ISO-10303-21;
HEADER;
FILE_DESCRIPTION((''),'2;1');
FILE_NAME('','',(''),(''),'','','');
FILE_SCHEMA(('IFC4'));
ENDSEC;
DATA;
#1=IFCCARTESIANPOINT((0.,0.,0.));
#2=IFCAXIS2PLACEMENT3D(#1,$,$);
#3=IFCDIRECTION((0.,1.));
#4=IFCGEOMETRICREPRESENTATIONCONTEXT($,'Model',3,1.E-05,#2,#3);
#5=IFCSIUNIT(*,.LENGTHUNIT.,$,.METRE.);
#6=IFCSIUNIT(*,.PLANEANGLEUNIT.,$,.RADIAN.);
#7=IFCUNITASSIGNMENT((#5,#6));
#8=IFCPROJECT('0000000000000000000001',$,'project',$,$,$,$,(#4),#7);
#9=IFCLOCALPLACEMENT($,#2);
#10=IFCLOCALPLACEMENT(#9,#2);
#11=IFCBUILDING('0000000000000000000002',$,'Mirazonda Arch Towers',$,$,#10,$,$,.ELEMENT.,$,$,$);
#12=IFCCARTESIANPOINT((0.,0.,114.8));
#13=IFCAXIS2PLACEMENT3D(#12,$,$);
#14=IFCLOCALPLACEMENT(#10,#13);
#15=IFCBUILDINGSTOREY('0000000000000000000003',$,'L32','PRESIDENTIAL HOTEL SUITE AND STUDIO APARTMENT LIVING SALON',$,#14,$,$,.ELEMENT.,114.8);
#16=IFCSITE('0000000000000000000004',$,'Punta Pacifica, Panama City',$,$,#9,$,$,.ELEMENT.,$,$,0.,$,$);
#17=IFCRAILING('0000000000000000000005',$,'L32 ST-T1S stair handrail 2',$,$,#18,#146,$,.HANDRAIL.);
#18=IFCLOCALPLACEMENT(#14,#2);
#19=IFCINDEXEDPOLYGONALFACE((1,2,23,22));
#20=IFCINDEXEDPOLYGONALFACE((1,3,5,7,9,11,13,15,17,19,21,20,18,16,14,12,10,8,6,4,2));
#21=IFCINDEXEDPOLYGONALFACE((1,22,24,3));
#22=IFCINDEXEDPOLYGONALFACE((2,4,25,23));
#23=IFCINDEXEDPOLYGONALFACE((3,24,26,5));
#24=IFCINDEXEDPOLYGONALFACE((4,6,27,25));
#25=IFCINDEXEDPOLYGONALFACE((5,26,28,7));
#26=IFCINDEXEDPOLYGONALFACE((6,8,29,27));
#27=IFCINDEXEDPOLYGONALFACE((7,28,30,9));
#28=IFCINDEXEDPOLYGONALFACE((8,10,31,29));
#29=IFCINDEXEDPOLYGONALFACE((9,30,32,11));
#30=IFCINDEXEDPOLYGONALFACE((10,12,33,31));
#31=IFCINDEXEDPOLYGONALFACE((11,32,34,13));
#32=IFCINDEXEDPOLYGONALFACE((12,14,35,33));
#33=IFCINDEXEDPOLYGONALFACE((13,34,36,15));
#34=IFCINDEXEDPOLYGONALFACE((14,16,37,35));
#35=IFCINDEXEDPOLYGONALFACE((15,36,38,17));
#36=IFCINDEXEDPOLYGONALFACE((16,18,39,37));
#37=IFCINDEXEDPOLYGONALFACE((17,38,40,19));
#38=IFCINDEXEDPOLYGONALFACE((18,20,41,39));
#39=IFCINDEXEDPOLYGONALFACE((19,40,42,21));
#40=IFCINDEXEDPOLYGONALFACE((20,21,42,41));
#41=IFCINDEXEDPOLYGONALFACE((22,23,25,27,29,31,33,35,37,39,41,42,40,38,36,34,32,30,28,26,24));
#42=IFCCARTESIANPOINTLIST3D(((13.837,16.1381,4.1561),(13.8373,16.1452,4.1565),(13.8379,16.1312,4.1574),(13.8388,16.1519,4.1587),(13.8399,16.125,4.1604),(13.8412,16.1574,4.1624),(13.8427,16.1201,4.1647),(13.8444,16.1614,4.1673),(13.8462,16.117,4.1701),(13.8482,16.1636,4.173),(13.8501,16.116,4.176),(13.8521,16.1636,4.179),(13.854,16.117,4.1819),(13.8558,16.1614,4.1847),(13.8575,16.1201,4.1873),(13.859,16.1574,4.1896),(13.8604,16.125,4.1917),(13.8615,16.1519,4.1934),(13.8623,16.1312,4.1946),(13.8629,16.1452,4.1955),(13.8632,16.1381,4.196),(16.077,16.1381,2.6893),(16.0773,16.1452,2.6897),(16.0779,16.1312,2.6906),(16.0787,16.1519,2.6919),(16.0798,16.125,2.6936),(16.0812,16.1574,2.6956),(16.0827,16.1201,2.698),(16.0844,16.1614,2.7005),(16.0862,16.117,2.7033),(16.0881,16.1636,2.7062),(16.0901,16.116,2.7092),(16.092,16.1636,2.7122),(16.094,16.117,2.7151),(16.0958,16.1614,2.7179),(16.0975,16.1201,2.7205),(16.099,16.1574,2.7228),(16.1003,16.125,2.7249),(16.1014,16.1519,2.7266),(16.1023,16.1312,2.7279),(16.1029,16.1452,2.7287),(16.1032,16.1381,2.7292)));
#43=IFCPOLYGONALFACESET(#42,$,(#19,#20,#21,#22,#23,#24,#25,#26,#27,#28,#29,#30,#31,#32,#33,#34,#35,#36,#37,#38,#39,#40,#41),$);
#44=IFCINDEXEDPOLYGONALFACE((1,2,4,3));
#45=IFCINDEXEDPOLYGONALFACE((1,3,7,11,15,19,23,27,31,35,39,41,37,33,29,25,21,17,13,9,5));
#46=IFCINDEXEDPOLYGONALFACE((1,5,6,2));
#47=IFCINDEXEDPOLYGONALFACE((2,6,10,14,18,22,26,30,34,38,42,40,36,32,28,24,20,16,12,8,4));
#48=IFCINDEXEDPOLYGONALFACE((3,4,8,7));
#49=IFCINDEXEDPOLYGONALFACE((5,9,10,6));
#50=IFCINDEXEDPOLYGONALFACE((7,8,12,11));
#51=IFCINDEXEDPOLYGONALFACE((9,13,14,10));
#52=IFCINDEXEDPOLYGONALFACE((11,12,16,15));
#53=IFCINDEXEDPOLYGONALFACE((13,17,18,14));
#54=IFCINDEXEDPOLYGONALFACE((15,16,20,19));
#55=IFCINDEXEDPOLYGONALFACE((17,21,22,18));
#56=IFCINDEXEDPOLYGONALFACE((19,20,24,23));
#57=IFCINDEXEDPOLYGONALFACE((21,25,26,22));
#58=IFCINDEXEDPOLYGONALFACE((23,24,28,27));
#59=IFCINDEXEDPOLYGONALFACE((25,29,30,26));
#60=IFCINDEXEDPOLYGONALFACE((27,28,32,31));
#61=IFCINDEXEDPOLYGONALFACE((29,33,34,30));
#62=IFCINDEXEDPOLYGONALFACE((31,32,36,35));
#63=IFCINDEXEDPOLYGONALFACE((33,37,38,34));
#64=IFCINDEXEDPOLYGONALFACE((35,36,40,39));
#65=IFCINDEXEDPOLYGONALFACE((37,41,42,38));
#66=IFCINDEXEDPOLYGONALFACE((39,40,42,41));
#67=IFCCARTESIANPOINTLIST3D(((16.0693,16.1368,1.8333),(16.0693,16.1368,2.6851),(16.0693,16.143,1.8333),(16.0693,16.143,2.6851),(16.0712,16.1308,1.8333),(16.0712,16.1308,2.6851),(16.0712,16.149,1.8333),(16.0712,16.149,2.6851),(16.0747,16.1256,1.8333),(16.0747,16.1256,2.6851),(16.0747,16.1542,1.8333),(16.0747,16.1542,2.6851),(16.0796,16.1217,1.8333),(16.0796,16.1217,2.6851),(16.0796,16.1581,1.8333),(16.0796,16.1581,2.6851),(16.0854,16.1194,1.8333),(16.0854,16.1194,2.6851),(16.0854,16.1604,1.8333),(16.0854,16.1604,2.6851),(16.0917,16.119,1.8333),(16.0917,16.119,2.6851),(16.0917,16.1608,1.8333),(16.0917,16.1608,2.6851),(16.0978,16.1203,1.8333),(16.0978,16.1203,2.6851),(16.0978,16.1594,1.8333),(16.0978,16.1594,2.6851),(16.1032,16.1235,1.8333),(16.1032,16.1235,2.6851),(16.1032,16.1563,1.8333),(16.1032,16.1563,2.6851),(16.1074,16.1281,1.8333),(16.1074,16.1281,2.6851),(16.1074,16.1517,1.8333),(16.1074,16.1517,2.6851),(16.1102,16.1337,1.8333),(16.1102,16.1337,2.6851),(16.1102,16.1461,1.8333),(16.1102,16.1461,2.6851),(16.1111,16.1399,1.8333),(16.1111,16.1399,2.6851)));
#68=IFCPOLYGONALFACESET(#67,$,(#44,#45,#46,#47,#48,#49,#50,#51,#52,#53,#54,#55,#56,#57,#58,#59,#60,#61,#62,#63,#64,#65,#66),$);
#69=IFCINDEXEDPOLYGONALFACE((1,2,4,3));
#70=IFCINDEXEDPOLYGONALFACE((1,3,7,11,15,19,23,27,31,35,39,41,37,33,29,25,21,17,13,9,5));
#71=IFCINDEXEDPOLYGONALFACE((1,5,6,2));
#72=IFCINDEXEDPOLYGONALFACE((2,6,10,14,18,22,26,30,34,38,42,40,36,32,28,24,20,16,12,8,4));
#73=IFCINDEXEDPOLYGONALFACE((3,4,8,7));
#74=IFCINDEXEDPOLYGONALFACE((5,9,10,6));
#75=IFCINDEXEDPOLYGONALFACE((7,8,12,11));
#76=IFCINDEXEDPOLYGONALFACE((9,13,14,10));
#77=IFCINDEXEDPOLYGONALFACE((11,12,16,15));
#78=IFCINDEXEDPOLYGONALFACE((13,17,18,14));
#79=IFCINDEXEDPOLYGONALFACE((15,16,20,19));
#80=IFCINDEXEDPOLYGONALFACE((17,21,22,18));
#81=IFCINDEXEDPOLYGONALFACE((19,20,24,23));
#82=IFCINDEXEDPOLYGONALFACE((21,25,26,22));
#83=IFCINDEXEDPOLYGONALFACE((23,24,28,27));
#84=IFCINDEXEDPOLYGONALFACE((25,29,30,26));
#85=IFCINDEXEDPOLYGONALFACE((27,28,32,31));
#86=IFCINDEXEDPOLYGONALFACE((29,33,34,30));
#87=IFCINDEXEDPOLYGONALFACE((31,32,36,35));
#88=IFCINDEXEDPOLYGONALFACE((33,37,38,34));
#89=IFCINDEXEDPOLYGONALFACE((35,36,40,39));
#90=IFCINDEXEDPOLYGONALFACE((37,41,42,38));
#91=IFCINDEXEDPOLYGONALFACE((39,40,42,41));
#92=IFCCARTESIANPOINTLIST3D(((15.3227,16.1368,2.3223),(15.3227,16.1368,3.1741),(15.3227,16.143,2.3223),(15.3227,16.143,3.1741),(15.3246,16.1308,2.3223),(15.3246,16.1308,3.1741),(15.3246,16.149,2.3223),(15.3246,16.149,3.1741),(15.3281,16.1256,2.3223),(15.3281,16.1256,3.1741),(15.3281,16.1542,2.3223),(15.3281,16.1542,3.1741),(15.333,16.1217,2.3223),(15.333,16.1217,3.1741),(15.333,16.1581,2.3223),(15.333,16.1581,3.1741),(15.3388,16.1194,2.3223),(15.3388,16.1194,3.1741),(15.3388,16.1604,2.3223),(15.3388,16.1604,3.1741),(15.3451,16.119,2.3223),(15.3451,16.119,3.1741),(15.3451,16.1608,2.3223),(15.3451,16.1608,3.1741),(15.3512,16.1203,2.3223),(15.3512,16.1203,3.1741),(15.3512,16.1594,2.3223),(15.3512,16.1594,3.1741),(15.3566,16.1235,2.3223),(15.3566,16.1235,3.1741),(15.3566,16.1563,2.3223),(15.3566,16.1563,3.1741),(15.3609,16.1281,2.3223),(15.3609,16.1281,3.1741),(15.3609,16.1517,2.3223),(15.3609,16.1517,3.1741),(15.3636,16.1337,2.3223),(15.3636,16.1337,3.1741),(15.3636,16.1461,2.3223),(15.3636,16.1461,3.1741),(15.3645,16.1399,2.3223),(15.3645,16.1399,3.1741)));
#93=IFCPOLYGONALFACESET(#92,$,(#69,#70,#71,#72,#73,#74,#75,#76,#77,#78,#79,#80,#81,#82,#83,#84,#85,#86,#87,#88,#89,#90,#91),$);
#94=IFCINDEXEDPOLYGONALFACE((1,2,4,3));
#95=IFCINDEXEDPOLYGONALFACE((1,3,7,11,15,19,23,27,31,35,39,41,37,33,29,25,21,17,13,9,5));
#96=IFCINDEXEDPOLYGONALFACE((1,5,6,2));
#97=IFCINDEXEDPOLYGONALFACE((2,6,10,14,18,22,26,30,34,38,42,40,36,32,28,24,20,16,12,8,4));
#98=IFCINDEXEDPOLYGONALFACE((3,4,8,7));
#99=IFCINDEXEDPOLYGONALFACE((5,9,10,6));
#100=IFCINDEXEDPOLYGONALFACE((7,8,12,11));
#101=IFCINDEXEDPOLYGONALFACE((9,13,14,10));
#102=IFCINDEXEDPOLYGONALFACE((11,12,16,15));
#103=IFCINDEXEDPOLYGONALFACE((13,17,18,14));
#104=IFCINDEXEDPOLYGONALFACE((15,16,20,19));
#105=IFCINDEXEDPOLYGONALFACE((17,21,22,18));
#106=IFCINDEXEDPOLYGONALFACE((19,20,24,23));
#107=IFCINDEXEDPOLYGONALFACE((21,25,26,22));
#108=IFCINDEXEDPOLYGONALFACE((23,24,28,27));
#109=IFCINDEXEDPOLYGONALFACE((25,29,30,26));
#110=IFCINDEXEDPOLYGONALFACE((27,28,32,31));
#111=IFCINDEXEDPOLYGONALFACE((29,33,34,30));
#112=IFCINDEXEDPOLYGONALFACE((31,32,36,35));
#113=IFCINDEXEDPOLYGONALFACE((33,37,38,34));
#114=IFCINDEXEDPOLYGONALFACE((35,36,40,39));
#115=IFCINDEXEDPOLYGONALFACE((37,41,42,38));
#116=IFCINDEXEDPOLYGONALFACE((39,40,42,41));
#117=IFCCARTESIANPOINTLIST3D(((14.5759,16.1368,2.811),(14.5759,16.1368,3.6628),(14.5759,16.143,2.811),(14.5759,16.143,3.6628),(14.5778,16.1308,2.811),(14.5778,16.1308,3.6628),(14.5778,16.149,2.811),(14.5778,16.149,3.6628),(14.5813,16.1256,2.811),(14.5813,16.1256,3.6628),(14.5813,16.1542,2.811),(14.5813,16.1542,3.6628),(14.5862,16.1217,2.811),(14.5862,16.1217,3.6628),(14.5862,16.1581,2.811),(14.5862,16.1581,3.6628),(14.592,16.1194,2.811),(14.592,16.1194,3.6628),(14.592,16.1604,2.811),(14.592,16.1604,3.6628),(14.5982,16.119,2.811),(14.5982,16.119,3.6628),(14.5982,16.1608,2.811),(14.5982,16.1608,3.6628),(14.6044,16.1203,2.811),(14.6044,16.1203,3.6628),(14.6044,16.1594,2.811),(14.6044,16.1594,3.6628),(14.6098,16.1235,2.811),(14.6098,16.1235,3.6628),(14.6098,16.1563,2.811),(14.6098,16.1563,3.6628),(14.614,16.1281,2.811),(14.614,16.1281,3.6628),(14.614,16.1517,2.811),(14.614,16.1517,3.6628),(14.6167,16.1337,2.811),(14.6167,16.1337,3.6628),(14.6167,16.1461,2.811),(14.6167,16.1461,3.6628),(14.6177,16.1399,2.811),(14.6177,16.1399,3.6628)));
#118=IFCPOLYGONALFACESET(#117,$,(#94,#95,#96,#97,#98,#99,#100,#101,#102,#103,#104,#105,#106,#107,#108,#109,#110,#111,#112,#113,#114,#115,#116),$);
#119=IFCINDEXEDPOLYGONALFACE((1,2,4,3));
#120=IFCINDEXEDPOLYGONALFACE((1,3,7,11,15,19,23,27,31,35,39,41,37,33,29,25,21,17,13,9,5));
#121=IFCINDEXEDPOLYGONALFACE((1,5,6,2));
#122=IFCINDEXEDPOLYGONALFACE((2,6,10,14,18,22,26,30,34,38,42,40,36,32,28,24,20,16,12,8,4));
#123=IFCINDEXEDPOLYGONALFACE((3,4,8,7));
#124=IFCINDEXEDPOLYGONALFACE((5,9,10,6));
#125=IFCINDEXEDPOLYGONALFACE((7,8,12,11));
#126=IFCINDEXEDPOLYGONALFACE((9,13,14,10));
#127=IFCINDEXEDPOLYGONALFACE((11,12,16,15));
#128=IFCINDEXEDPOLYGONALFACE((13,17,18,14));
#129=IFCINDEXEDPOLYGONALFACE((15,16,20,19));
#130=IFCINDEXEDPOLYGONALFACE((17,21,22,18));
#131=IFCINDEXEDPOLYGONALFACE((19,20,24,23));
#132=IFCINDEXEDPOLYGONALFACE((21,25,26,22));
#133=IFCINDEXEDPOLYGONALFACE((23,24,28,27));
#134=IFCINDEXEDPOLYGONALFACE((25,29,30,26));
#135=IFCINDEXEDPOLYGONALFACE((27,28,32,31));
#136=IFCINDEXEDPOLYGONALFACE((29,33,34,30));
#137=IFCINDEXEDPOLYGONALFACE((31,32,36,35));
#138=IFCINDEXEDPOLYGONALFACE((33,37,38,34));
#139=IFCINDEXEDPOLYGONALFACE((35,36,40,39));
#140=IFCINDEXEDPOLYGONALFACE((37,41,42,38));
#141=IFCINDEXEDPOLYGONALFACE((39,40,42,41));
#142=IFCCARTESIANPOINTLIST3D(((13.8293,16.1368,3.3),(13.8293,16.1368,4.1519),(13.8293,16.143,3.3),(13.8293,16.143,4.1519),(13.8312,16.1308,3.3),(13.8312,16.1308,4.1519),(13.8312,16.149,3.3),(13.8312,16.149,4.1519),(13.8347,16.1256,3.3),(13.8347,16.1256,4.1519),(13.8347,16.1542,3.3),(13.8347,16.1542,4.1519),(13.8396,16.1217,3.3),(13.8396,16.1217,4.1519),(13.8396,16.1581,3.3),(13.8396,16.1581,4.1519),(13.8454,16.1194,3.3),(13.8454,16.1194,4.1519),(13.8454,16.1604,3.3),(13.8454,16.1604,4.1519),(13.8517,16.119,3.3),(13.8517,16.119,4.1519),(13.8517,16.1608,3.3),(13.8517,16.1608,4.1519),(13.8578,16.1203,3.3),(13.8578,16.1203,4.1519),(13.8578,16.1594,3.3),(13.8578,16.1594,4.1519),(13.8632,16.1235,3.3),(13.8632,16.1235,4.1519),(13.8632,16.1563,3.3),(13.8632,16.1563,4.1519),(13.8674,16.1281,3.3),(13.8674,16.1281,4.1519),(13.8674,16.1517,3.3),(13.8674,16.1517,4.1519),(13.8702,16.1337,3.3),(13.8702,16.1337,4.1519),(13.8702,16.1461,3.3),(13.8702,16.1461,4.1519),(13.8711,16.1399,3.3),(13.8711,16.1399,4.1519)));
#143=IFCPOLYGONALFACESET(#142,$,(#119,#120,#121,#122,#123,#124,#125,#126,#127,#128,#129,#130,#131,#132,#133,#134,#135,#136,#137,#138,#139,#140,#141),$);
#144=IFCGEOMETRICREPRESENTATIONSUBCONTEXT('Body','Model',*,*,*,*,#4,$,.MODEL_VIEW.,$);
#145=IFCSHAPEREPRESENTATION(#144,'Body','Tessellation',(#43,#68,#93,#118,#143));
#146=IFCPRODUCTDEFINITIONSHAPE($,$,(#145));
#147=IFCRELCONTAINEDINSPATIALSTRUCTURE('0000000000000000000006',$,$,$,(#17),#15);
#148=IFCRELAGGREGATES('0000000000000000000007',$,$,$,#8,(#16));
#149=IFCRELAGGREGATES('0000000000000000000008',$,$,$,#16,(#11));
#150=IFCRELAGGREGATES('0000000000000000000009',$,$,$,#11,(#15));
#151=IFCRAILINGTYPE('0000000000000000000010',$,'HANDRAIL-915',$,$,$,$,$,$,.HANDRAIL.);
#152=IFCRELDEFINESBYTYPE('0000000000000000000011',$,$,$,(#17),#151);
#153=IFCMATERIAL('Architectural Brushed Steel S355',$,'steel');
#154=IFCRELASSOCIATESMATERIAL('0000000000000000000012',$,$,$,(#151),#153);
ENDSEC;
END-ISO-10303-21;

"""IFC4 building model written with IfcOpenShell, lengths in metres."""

from ifc_helpers import new_model, si_unit, direction, frame, origin, origin_2d, place, context, subcontext, project, spatial, circle, extrude, material, type_object, element, save


model = new_model("IFC4")

# Units and contexts
model_context = context("Model", 3, precision=1e-05, world=origin(), true_north=direction((0.0, 1.0)))
body_context = subcontext(model_context, "Body", "Model", "MODEL_VIEW")
ifc_project = project(units=[si_unit("LENGTHUNIT", "METRE"), si_unit("PLANEANGLEUNIT", "RADIAN")], contexts=[model_context])

# Site, building, storey
site_placement = place(None, origin())
site = spatial("IfcSite", under=ifc_project, at=site_placement, Name="Punta Pacifica, Panama City", CompositionType="ELEMENT", RefElevation=0.0)
building_placement = place(site_placement, origin())
building = spatial("IfcBuilding", under=site, at=building_placement, Name="Mirazonda Arch Towers", CompositionType="ELEMENT")
storey_placement = place(building_placement, frame((0.0, 0.0, 114.8)))
storey = spatial("IfcBuildingStorey", under=building, at=storey_placement, Name="L32", Description="PRESIDENTIAL HOTEL SUITE AND STUDIO APARTMENT LIVING SALON", CompositionType="ELEMENT", Elevation=114.8)

# Shared definitions
ifc_material_1 = material(Name="Architectural Brushed Steel S355", Category="steel")

# Railing
railing_type_1 = type_object("IfcRailingType", Name="HANDRAIL-915", PredefinedType="HANDRAIL", material=ifc_material_1)
railing_1_placement = place(storey_placement, frame((16.0901, 16.1399, 1.8333)))
element("IfcRailing", 1, at=railing_1_placement, inside=storey, type_object=railing_type_1, Name="L32 ST-T1S stair handrail 2", PredefinedType="HANDRAIL", context=body_context, shape_type="SweptSolid", body=[
    extrude(circle(Radius=0.0239, at=origin_2d()), frame((0.0, 0.0, 0.876), z_axis=(-0.836595, 0.0, 0.547822), x_axis=(0.0, -1.0, 0.0)), (0.0, 0.0, 1.0), 2.6775),
    extrude(circle(Radius=0.021, at=origin_2d()), origin(), (0.0, 0.0, 1.0), 0.8518),
    extrude(circle(Radius=0.021, at=origin_2d()), frame((-0.7466, 0.0, 0.489)), (0.0, 0.0, 1.0), 0.8518),
    extrude(circle(Radius=0.021, at=origin_2d()), frame((-1.4934, 0.0, 0.9778)), (0.0, 0.0, 1.0), 0.8518),
    extrude(circle(Radius=0.021, at=origin_2d()), frame((-2.24, 0.0, 1.4668)), (0.0, 0.0, 1.0), 0.8518),
])

save(model, "model.ifc")
